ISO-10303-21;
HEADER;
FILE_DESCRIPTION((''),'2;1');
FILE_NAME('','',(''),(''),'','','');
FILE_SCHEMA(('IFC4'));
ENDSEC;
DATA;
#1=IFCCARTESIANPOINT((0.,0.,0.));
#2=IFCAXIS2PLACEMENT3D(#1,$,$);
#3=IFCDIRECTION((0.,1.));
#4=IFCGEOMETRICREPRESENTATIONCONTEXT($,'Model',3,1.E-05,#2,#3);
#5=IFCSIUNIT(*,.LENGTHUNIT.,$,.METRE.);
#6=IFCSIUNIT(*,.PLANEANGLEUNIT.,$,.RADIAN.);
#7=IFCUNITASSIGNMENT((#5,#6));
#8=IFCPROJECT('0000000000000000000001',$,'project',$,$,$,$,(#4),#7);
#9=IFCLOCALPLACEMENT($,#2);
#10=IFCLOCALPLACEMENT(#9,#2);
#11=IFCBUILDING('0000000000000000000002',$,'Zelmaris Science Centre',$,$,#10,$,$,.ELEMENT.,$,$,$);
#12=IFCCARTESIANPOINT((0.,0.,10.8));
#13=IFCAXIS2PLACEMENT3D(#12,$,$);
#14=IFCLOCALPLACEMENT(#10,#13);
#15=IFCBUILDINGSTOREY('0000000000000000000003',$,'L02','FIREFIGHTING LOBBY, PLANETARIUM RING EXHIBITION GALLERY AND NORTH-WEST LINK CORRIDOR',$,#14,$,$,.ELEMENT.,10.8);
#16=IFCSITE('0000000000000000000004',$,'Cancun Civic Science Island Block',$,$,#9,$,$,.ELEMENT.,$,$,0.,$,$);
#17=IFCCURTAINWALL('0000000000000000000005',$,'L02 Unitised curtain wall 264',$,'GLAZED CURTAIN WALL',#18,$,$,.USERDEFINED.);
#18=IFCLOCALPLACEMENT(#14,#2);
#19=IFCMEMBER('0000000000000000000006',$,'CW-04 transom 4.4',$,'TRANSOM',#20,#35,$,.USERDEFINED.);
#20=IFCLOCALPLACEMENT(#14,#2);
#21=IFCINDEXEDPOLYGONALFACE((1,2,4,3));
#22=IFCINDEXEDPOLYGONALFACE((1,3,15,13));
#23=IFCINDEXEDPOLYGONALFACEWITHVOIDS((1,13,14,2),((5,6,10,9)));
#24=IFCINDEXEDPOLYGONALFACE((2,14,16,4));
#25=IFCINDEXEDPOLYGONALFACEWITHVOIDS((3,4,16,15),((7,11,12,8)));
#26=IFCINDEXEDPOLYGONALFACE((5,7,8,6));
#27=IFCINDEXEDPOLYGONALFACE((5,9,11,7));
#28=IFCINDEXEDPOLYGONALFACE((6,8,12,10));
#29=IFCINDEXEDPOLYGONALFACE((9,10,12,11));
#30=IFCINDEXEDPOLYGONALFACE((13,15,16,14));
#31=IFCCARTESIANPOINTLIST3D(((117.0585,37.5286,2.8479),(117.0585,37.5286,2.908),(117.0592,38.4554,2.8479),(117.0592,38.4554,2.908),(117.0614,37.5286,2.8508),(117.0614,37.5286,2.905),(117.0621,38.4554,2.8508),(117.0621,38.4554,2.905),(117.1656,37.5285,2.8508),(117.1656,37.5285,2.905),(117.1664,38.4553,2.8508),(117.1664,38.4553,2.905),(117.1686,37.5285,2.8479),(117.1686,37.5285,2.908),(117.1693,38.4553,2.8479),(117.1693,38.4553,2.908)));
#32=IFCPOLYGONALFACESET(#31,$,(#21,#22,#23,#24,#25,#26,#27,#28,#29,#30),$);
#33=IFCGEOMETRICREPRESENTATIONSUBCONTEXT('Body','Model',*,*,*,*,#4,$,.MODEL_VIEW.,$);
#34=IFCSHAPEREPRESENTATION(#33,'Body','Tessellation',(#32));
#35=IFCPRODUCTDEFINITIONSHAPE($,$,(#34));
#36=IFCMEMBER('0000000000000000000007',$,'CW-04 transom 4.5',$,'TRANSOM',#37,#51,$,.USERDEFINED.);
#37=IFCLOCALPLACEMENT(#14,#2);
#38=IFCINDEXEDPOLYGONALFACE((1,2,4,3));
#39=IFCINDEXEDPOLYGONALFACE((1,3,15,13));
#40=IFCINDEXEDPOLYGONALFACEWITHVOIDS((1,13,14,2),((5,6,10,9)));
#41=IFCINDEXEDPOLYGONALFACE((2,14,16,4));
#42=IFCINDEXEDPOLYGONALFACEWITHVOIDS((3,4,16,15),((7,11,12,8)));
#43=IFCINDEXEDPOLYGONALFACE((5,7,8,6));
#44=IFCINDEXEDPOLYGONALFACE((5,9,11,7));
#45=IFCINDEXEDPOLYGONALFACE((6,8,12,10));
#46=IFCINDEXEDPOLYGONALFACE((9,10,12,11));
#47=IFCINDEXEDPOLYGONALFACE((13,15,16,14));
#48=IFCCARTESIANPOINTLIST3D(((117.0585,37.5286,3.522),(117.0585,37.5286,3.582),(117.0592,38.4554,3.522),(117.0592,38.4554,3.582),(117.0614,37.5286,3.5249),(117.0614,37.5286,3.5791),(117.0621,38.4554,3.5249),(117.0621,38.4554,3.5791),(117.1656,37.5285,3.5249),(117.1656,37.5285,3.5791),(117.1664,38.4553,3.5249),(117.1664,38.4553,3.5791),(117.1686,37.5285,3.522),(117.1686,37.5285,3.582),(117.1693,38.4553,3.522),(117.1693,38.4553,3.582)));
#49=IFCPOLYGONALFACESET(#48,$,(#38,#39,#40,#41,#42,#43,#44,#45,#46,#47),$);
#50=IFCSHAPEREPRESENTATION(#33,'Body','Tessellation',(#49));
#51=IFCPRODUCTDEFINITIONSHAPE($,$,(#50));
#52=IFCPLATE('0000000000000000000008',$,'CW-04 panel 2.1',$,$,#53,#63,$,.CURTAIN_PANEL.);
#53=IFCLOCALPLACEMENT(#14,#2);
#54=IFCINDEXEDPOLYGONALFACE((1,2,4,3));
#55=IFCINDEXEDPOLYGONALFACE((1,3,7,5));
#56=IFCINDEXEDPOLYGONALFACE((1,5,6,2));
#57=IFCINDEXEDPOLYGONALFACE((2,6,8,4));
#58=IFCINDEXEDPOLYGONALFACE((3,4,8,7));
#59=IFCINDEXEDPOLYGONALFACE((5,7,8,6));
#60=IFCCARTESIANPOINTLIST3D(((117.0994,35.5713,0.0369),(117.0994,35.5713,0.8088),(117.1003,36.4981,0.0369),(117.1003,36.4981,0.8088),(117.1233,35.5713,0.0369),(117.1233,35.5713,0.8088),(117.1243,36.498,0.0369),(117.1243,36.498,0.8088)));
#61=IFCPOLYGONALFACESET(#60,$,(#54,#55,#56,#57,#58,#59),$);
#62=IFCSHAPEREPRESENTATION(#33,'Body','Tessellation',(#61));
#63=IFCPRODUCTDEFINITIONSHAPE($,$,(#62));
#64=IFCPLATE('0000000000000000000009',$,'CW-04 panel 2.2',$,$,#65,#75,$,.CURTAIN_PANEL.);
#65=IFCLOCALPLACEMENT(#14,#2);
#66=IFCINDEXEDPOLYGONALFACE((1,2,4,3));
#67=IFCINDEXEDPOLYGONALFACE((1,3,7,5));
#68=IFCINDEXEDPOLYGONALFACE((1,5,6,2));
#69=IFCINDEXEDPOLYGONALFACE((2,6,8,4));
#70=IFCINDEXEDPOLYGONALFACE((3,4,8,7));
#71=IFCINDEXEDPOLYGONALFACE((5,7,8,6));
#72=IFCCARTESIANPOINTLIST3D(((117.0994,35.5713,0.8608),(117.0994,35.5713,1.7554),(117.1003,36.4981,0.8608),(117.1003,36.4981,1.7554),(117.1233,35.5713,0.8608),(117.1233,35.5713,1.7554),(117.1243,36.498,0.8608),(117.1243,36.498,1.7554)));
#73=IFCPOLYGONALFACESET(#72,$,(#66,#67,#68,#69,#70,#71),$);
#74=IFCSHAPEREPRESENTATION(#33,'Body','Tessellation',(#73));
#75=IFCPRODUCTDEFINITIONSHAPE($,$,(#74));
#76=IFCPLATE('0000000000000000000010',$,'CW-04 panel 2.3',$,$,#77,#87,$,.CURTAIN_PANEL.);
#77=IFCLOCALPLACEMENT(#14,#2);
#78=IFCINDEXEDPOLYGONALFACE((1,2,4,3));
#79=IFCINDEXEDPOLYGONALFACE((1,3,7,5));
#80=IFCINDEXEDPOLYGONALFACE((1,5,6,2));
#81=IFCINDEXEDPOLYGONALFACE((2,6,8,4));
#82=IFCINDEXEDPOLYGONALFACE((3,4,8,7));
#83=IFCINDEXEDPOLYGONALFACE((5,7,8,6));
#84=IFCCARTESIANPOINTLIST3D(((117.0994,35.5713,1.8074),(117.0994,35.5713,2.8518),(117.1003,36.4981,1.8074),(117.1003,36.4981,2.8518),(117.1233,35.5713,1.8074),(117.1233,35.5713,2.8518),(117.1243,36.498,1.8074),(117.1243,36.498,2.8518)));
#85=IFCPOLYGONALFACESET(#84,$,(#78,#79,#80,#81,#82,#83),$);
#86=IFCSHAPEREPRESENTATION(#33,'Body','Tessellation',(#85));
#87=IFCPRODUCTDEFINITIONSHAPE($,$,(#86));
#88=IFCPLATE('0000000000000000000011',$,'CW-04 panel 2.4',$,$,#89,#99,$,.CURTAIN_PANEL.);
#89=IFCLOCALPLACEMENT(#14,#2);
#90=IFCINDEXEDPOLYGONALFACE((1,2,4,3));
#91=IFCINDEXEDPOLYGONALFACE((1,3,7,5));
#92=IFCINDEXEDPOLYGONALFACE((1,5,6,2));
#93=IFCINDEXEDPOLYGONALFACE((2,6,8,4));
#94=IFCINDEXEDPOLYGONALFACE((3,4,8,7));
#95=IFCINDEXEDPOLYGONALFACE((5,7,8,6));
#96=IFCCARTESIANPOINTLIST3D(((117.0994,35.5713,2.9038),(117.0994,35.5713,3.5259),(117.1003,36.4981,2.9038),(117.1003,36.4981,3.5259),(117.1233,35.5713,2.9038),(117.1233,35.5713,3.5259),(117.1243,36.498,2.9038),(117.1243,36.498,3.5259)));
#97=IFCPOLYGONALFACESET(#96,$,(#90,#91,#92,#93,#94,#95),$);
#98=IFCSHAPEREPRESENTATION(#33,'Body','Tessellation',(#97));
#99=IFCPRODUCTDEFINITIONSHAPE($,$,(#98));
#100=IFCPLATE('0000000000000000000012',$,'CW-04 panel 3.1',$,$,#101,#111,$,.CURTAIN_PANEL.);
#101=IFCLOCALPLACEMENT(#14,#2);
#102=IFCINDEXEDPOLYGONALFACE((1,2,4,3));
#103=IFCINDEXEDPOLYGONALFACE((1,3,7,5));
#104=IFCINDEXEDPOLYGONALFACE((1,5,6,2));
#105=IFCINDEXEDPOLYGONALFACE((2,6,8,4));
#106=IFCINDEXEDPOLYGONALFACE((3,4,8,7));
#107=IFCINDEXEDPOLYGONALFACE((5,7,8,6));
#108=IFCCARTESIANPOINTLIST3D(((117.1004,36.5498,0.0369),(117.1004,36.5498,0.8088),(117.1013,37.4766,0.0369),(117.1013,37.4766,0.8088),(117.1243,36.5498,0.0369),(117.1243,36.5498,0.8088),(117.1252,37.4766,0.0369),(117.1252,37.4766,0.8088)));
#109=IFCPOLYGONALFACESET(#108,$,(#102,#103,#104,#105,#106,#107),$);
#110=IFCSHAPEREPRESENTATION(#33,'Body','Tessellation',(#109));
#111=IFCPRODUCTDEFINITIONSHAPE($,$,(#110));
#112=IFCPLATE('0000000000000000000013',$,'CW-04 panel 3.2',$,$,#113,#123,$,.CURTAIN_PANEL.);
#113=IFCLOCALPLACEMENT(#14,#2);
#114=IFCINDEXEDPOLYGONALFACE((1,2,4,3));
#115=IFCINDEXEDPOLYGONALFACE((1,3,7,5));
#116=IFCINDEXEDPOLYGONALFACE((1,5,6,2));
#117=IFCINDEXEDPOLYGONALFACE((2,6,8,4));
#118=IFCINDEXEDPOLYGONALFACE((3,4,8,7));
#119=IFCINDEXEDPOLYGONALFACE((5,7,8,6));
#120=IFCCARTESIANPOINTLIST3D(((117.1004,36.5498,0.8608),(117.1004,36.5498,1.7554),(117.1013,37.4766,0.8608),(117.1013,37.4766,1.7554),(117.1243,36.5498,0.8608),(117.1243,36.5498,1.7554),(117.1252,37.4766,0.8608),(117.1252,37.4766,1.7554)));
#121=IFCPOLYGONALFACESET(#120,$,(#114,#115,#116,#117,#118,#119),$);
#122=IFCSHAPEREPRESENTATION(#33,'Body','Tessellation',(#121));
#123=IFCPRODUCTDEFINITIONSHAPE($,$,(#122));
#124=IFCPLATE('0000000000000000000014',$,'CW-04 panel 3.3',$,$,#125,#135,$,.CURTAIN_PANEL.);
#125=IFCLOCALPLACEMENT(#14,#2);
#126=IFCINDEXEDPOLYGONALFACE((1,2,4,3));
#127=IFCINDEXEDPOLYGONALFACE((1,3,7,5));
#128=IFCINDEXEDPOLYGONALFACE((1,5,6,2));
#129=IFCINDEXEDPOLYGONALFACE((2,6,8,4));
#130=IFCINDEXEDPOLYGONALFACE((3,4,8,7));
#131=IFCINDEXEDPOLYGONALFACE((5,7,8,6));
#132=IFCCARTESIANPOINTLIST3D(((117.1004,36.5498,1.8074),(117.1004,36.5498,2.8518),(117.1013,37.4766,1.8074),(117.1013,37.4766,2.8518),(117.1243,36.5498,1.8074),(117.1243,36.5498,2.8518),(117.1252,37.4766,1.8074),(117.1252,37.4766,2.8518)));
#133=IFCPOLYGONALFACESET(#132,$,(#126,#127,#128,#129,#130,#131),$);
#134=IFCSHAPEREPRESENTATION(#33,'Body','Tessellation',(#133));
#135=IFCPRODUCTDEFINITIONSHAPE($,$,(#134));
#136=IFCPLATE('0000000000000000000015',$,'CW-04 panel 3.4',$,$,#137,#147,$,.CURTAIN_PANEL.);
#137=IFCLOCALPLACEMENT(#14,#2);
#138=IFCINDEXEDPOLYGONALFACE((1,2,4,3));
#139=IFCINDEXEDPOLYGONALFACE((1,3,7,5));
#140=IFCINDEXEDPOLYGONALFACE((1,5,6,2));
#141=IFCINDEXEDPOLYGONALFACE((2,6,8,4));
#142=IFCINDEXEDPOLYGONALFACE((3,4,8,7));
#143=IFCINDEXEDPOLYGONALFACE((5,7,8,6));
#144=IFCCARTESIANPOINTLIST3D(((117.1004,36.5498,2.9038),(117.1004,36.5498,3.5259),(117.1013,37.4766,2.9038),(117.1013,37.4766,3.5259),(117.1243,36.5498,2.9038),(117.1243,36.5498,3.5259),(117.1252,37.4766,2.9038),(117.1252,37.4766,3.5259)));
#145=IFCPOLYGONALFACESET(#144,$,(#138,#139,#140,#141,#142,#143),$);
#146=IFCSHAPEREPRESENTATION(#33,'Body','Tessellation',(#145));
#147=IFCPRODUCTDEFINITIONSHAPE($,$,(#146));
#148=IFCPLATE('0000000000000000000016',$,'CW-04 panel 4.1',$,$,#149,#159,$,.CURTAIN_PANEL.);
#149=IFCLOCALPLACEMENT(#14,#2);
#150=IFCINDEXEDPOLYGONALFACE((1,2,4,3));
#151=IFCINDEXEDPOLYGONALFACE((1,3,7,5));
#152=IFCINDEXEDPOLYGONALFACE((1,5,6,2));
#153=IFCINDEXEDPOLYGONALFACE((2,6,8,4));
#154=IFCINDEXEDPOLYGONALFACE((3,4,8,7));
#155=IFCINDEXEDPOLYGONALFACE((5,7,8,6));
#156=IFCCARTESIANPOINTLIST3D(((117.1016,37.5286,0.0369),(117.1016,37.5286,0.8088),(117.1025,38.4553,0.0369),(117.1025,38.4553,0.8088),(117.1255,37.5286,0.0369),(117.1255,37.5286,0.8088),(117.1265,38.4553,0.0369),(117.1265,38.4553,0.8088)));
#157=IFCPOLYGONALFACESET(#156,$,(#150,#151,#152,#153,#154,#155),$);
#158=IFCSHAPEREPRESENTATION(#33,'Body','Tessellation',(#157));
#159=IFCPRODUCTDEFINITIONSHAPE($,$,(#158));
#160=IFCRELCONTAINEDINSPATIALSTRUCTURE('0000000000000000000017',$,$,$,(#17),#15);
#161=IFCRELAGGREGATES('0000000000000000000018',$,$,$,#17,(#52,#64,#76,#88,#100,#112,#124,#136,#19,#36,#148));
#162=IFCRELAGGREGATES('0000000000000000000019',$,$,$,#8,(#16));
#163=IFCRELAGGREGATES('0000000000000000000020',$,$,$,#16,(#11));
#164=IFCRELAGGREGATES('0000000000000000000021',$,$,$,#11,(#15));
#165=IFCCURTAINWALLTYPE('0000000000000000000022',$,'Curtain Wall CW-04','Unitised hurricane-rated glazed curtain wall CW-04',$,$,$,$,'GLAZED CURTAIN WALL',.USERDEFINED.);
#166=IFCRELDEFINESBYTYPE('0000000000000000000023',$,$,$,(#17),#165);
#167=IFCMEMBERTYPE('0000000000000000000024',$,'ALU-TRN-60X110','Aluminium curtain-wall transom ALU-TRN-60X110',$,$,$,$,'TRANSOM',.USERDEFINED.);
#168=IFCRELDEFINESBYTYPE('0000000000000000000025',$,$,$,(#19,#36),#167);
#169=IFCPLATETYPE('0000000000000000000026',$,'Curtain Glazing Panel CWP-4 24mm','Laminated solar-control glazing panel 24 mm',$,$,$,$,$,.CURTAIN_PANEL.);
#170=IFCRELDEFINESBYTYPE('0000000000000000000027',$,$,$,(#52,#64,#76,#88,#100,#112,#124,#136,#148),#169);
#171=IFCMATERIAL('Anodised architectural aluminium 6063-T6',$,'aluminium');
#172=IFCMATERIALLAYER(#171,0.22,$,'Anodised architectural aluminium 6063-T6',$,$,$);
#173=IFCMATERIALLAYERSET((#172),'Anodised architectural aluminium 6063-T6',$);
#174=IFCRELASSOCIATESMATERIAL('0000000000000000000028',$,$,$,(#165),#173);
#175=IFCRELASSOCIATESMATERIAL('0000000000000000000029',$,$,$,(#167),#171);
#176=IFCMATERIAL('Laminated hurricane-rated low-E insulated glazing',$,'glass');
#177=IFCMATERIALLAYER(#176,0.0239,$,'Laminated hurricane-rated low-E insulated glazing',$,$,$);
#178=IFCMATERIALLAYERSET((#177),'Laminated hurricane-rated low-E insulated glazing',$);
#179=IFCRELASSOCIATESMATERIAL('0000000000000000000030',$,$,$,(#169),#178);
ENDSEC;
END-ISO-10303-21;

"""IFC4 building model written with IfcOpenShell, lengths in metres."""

from ifc_helpers import new_model, si_unit, direction, frame, origin, origin_2d, place, context, subcontext, project, spatial, rectangle, hollow_rectangle, extrude, material, layer, layer_set, material_profile, profile_set, type_object, element, aggregate, save


model = new_model("IFC4")

# Units and contexts
model_context = context("Model", 3, precision=1e-05, world=origin(), true_north=direction((0.0, 1.0)))
body_context = subcontext(model_context, "Body", "Model", "MODEL_VIEW")
ifc_project = project(units=[si_unit("LENGTHUNIT", "METRE"), si_unit("PLANEANGLEUNIT", "RADIAN")], contexts=[model_context])

# Site, building, storey
site_placement = place(None, origin())
site = spatial("IfcSite", under=ifc_project, at=site_placement, Name="Cancun Civic Science Island Block", CompositionType="ELEMENT", RefElevation=0.0)
building_placement = place(site_placement, origin())
building = spatial("IfcBuilding", under=site, at=building_placement, Name="Zelmaris Science Centre", CompositionType="ELEMENT")
storey_placement = place(building_placement, frame((0.0, 0.0, 10.8)))
storey = spatial("IfcBuildingStorey", under=building, at=storey_placement, Name="L02", Description="FIREFIGHTING LOBBY, PLANETARIUM RING EXHIBITION GALLERY AND NORTH-WEST LINK CORRIDOR", CompositionType="ELEMENT", Elevation=10.8)

# Curtain wall, members, plates
ifc_material_1 = material(Name="Anodised architectural aluminium 6063-T6", Category="aluminium")
ifc_layer_1 = layer(ifc_material_1, 0.22, Name="Anodised architectural aluminium 6063-T6")
ifc_layer_set_1 = layer_set([ifc_layer_1], Name="Anodised architectural aluminium 6063-T6")
curtain_wall_type = type_object("IfcCurtainWallType", Name="Curtain Wall CW-04", Description="Unitised hurricane-rated glazed curtain wall CW-04", ElementType="GLAZED CURTAIN WALL", PredefinedType="USERDEFINED", material=ifc_layer_set_1)
curtain_wall_placement = place(storey_placement, origin())
curtain_wall = element("IfcCurtainWall", 1, at=curtain_wall_placement, inside=storey, type_object=curtain_wall_type, Name="L02 Unitised curtain wall 264", ObjectType="GLAZED CURTAIN WALL", PredefinedType="USERDEFINED")
ifc_material_profile_1 = material_profile(ifc_material_1, hollow_rectangle(XDim=0.0601, YDim=0.1101, WallThickness=0.0029, at=origin_2d()), Name="ALU-TRN-60X110")
ifc_profile_set_1 = profile_set([ifc_material_profile_1], Name="Anodised architectural aluminium 6063-T6")
member_type_1 = type_object("IfcMemberType", Name="ALU-TRN-60X110", Description="Aluminium curtain-wall transom ALU-TRN-60X110", ElementType="TRANSOM", PredefinedType="USERDEFINED", material=ifc_profile_set_1)
member_1_placement = place(storey_placement, frame((117.1135, 37.5286, 2.8779), z_axis=(0.00079, 1.0, 0.0), x_axis=(0.0, 0.0, 1.0)))
member_1 = element("IfcMember", 2, at=member_1_placement, type_object=member_type_1, Name="CW-04 transom 4.4", ObjectType="TRANSOM", PredefinedType="USERDEFINED", context=body_context, shape_type="SweptSolid", body=[
    extrude(hollow_rectangle(XDim=0.0601, YDim=0.1101, WallThickness=0.0029, at=origin_2d()), origin(), (0.0, 0.0, 1.0), 0.9268),
])
member_2_placement = place(storey_placement, frame((117.1135, 37.5286, 3.552), z_axis=(0.00079, 1.0, 0.0), x_axis=(0.0, 0.0, 1.0)))
member_2 = element("IfcMember", 3, at=member_2_placement, type_object=member_type_1, Name="CW-04 transom 4.5", ObjectType="TRANSOM", PredefinedType="USERDEFINED", context=body_context, shape_type="SweptSolid", body=[
    extrude(hollow_rectangle(XDim=0.0601, YDim=0.1101, WallThickness=0.0029, at=origin_2d()), origin(), (0.0, 0.0, 1.0), 0.9268),
])
ifc_material_2 = material(Name="Laminated hurricane-rated low-E insulated glazing", Category="glass")
ifc_layer_2 = layer(ifc_material_2, 0.0239, Name="Laminated hurricane-rated low-E insulated glazing")
ifc_layer_set_2 = layer_set([ifc_layer_2], Name="Laminated hurricane-rated low-E insulated glazing")
plate_type = type_object("IfcPlateType", Name="Curtain Glazing Panel CWP-4 24mm", Description="Laminated solar-control glazing panel 24 mm", PredefinedType="CURTAIN_PANEL", material=ifc_layer_set_2)
plate_1_placement = place(storey_placement, frame((117.1118, 36.0347, 0.0369), z_axis=(0.0, 0.0, 1.0), x_axis=(0.001022, 0.999999, 0.0)))
plate_1 = element("IfcPlate", 4, at=plate_1_placement, type_object=plate_type, Name="CW-04 panel 2.1", PredefinedType="CURTAIN_PANEL", context=body_context, shape_type="SweptSolid", body=[
    extrude(rectangle(XDim=0.9268, YDim=0.0239, at=origin_2d()), origin(), (0.0, 0.0, 1.0), 0.772),
])
plate_2_placement = place(storey_placement, frame((117.1118, 36.0347, 0.8608), z_axis=(0.0, 0.0, 1.0), x_axis=(0.001022, 0.999999, 0.0)))
plate_2 = element("IfcPlate", 5, at=plate_2_placement, type_object=plate_type, Name="CW-04 panel 2.2", PredefinedType="CURTAIN_PANEL", context=body_context, shape_type="SweptSolid", body=[
    extrude(rectangle(XDim=0.9268, YDim=0.0239, at=origin_2d()), origin(), (0.0, 0.0, 1.0), 0.8945),
])
plate_3_placement = place(storey_placement, frame((117.1118, 36.0347, 1.8074), z_axis=(0.0, 0.0, 1.0), x_axis=(0.001022, 0.999999, 0.0)))
plate_3 = element("IfcPlate", 6, at=plate_3_placement, type_object=plate_type, Name="CW-04 panel 2.3", PredefinedType="CURTAIN_PANEL", context=body_context, shape_type="SweptSolid", body=[
    extrude(rectangle(XDim=0.9268, YDim=0.0239, at=origin_2d()), origin(), (0.0, 0.0, 1.0), 1.0444),
])
plate_4_placement = place(storey_placement, frame((117.1118, 36.0347, 2.9038), z_axis=(0.0, 0.0, 1.0), x_axis=(0.001022, 0.999999, 0.0)))
plate_4 = element("IfcPlate", 7, at=plate_4_placement, type_object=plate_type, Name="CW-04 panel 2.4", PredefinedType="CURTAIN_PANEL", context=body_context, shape_type="SweptSolid", body=[
    extrude(rectangle(XDim=0.9268, YDim=0.0239, at=origin_2d()), origin(), (0.0, 0.0, 1.0), 0.6221),
])
plate_5_placement = place(storey_placement, frame((117.1128, 37.0132, 0.0369), z_axis=(0.0, 0.0, 1.0), x_axis=(0.001022, 0.999999, 0.0)))
plate_5 = element("IfcPlate", 8, at=plate_5_placement, type_object=plate_type, Name="CW-04 panel 3.1", PredefinedType="CURTAIN_PANEL", context=body_context, shape_type="SweptSolid", body=[
    extrude(rectangle(XDim=0.9268, YDim=0.0239, at=origin_2d()), origin(), (0.0, 0.0, 1.0), 0.772),
])
plate_6_placement = place(storey_placement, frame((117.1128, 37.0132, 0.8608), z_axis=(0.0, 0.0, 1.0), x_axis=(0.001022, 0.999999, 0.0)))
plate_6 = element("IfcPlate", 9, at=plate_6_placement, type_object=plate_type, Name="CW-04 panel 3.2", PredefinedType="CURTAIN_PANEL", context=body_context, shape_type="SweptSolid", body=[
    extrude(rectangle(XDim=0.9268, YDim=0.0239, at=origin_2d()), origin(), (0.0, 0.0, 1.0), 0.8945),
])
plate_7_placement = place(storey_placement, frame((117.1128, 37.0132, 1.8074), z_axis=(0.0, 0.0, 1.0), x_axis=(0.001022, 0.999999, 0.0)))
plate_7 = element("IfcPlate", 10, at=plate_7_placement, type_object=plate_type, Name="CW-04 panel 3.3", PredefinedType="CURTAIN_PANEL", context=body_context, shape_type="SweptSolid", body=[
    extrude(rectangle(XDim=0.9268, YDim=0.0239, at=origin_2d()), origin(), (0.0, 0.0, 1.0), 1.0444),
])
plate_8_placement = place(storey_placement, frame((117.1128, 37.0132, 2.9038), z_axis=(0.0, 0.0, 1.0), x_axis=(0.001022, 0.999999, 0.0)))
plate_8 = element("IfcPlate", 11, at=plate_8_placement, type_object=plate_type, Name="CW-04 panel 3.4", PredefinedType="CURTAIN_PANEL", context=body_context, shape_type="SweptSolid", body=[
    extrude(rectangle(XDim=0.9268, YDim=0.0239, at=origin_2d()), origin(), (0.0, 0.0, 1.0), 0.6221),
])
plate_9_placement = place(storey_placement, frame((117.114, 37.9919, 0.0369), z_axis=(0.0, 0.0, 1.0), x_axis=(0.001022, 0.999999, 0.0)))
plate_9 = element("IfcPlate", 12, at=plate_9_placement, type_object=plate_type, Name="CW-04 panel 4.1", PredefinedType="CURTAIN_PANEL", context=body_context, shape_type="SweptSolid", body=[
    extrude(rectangle(XDim=0.9268, YDim=0.0239, at=origin_2d()), origin(), (0.0, 0.0, 1.0), 0.772),
])
aggregate(curtain_wall, [plate_1, plate_2, plate_3, plate_4, plate_5, plate_6, plate_7, plate_8, member_1, member_2, plate_9])

save(model, "model.ifc")
